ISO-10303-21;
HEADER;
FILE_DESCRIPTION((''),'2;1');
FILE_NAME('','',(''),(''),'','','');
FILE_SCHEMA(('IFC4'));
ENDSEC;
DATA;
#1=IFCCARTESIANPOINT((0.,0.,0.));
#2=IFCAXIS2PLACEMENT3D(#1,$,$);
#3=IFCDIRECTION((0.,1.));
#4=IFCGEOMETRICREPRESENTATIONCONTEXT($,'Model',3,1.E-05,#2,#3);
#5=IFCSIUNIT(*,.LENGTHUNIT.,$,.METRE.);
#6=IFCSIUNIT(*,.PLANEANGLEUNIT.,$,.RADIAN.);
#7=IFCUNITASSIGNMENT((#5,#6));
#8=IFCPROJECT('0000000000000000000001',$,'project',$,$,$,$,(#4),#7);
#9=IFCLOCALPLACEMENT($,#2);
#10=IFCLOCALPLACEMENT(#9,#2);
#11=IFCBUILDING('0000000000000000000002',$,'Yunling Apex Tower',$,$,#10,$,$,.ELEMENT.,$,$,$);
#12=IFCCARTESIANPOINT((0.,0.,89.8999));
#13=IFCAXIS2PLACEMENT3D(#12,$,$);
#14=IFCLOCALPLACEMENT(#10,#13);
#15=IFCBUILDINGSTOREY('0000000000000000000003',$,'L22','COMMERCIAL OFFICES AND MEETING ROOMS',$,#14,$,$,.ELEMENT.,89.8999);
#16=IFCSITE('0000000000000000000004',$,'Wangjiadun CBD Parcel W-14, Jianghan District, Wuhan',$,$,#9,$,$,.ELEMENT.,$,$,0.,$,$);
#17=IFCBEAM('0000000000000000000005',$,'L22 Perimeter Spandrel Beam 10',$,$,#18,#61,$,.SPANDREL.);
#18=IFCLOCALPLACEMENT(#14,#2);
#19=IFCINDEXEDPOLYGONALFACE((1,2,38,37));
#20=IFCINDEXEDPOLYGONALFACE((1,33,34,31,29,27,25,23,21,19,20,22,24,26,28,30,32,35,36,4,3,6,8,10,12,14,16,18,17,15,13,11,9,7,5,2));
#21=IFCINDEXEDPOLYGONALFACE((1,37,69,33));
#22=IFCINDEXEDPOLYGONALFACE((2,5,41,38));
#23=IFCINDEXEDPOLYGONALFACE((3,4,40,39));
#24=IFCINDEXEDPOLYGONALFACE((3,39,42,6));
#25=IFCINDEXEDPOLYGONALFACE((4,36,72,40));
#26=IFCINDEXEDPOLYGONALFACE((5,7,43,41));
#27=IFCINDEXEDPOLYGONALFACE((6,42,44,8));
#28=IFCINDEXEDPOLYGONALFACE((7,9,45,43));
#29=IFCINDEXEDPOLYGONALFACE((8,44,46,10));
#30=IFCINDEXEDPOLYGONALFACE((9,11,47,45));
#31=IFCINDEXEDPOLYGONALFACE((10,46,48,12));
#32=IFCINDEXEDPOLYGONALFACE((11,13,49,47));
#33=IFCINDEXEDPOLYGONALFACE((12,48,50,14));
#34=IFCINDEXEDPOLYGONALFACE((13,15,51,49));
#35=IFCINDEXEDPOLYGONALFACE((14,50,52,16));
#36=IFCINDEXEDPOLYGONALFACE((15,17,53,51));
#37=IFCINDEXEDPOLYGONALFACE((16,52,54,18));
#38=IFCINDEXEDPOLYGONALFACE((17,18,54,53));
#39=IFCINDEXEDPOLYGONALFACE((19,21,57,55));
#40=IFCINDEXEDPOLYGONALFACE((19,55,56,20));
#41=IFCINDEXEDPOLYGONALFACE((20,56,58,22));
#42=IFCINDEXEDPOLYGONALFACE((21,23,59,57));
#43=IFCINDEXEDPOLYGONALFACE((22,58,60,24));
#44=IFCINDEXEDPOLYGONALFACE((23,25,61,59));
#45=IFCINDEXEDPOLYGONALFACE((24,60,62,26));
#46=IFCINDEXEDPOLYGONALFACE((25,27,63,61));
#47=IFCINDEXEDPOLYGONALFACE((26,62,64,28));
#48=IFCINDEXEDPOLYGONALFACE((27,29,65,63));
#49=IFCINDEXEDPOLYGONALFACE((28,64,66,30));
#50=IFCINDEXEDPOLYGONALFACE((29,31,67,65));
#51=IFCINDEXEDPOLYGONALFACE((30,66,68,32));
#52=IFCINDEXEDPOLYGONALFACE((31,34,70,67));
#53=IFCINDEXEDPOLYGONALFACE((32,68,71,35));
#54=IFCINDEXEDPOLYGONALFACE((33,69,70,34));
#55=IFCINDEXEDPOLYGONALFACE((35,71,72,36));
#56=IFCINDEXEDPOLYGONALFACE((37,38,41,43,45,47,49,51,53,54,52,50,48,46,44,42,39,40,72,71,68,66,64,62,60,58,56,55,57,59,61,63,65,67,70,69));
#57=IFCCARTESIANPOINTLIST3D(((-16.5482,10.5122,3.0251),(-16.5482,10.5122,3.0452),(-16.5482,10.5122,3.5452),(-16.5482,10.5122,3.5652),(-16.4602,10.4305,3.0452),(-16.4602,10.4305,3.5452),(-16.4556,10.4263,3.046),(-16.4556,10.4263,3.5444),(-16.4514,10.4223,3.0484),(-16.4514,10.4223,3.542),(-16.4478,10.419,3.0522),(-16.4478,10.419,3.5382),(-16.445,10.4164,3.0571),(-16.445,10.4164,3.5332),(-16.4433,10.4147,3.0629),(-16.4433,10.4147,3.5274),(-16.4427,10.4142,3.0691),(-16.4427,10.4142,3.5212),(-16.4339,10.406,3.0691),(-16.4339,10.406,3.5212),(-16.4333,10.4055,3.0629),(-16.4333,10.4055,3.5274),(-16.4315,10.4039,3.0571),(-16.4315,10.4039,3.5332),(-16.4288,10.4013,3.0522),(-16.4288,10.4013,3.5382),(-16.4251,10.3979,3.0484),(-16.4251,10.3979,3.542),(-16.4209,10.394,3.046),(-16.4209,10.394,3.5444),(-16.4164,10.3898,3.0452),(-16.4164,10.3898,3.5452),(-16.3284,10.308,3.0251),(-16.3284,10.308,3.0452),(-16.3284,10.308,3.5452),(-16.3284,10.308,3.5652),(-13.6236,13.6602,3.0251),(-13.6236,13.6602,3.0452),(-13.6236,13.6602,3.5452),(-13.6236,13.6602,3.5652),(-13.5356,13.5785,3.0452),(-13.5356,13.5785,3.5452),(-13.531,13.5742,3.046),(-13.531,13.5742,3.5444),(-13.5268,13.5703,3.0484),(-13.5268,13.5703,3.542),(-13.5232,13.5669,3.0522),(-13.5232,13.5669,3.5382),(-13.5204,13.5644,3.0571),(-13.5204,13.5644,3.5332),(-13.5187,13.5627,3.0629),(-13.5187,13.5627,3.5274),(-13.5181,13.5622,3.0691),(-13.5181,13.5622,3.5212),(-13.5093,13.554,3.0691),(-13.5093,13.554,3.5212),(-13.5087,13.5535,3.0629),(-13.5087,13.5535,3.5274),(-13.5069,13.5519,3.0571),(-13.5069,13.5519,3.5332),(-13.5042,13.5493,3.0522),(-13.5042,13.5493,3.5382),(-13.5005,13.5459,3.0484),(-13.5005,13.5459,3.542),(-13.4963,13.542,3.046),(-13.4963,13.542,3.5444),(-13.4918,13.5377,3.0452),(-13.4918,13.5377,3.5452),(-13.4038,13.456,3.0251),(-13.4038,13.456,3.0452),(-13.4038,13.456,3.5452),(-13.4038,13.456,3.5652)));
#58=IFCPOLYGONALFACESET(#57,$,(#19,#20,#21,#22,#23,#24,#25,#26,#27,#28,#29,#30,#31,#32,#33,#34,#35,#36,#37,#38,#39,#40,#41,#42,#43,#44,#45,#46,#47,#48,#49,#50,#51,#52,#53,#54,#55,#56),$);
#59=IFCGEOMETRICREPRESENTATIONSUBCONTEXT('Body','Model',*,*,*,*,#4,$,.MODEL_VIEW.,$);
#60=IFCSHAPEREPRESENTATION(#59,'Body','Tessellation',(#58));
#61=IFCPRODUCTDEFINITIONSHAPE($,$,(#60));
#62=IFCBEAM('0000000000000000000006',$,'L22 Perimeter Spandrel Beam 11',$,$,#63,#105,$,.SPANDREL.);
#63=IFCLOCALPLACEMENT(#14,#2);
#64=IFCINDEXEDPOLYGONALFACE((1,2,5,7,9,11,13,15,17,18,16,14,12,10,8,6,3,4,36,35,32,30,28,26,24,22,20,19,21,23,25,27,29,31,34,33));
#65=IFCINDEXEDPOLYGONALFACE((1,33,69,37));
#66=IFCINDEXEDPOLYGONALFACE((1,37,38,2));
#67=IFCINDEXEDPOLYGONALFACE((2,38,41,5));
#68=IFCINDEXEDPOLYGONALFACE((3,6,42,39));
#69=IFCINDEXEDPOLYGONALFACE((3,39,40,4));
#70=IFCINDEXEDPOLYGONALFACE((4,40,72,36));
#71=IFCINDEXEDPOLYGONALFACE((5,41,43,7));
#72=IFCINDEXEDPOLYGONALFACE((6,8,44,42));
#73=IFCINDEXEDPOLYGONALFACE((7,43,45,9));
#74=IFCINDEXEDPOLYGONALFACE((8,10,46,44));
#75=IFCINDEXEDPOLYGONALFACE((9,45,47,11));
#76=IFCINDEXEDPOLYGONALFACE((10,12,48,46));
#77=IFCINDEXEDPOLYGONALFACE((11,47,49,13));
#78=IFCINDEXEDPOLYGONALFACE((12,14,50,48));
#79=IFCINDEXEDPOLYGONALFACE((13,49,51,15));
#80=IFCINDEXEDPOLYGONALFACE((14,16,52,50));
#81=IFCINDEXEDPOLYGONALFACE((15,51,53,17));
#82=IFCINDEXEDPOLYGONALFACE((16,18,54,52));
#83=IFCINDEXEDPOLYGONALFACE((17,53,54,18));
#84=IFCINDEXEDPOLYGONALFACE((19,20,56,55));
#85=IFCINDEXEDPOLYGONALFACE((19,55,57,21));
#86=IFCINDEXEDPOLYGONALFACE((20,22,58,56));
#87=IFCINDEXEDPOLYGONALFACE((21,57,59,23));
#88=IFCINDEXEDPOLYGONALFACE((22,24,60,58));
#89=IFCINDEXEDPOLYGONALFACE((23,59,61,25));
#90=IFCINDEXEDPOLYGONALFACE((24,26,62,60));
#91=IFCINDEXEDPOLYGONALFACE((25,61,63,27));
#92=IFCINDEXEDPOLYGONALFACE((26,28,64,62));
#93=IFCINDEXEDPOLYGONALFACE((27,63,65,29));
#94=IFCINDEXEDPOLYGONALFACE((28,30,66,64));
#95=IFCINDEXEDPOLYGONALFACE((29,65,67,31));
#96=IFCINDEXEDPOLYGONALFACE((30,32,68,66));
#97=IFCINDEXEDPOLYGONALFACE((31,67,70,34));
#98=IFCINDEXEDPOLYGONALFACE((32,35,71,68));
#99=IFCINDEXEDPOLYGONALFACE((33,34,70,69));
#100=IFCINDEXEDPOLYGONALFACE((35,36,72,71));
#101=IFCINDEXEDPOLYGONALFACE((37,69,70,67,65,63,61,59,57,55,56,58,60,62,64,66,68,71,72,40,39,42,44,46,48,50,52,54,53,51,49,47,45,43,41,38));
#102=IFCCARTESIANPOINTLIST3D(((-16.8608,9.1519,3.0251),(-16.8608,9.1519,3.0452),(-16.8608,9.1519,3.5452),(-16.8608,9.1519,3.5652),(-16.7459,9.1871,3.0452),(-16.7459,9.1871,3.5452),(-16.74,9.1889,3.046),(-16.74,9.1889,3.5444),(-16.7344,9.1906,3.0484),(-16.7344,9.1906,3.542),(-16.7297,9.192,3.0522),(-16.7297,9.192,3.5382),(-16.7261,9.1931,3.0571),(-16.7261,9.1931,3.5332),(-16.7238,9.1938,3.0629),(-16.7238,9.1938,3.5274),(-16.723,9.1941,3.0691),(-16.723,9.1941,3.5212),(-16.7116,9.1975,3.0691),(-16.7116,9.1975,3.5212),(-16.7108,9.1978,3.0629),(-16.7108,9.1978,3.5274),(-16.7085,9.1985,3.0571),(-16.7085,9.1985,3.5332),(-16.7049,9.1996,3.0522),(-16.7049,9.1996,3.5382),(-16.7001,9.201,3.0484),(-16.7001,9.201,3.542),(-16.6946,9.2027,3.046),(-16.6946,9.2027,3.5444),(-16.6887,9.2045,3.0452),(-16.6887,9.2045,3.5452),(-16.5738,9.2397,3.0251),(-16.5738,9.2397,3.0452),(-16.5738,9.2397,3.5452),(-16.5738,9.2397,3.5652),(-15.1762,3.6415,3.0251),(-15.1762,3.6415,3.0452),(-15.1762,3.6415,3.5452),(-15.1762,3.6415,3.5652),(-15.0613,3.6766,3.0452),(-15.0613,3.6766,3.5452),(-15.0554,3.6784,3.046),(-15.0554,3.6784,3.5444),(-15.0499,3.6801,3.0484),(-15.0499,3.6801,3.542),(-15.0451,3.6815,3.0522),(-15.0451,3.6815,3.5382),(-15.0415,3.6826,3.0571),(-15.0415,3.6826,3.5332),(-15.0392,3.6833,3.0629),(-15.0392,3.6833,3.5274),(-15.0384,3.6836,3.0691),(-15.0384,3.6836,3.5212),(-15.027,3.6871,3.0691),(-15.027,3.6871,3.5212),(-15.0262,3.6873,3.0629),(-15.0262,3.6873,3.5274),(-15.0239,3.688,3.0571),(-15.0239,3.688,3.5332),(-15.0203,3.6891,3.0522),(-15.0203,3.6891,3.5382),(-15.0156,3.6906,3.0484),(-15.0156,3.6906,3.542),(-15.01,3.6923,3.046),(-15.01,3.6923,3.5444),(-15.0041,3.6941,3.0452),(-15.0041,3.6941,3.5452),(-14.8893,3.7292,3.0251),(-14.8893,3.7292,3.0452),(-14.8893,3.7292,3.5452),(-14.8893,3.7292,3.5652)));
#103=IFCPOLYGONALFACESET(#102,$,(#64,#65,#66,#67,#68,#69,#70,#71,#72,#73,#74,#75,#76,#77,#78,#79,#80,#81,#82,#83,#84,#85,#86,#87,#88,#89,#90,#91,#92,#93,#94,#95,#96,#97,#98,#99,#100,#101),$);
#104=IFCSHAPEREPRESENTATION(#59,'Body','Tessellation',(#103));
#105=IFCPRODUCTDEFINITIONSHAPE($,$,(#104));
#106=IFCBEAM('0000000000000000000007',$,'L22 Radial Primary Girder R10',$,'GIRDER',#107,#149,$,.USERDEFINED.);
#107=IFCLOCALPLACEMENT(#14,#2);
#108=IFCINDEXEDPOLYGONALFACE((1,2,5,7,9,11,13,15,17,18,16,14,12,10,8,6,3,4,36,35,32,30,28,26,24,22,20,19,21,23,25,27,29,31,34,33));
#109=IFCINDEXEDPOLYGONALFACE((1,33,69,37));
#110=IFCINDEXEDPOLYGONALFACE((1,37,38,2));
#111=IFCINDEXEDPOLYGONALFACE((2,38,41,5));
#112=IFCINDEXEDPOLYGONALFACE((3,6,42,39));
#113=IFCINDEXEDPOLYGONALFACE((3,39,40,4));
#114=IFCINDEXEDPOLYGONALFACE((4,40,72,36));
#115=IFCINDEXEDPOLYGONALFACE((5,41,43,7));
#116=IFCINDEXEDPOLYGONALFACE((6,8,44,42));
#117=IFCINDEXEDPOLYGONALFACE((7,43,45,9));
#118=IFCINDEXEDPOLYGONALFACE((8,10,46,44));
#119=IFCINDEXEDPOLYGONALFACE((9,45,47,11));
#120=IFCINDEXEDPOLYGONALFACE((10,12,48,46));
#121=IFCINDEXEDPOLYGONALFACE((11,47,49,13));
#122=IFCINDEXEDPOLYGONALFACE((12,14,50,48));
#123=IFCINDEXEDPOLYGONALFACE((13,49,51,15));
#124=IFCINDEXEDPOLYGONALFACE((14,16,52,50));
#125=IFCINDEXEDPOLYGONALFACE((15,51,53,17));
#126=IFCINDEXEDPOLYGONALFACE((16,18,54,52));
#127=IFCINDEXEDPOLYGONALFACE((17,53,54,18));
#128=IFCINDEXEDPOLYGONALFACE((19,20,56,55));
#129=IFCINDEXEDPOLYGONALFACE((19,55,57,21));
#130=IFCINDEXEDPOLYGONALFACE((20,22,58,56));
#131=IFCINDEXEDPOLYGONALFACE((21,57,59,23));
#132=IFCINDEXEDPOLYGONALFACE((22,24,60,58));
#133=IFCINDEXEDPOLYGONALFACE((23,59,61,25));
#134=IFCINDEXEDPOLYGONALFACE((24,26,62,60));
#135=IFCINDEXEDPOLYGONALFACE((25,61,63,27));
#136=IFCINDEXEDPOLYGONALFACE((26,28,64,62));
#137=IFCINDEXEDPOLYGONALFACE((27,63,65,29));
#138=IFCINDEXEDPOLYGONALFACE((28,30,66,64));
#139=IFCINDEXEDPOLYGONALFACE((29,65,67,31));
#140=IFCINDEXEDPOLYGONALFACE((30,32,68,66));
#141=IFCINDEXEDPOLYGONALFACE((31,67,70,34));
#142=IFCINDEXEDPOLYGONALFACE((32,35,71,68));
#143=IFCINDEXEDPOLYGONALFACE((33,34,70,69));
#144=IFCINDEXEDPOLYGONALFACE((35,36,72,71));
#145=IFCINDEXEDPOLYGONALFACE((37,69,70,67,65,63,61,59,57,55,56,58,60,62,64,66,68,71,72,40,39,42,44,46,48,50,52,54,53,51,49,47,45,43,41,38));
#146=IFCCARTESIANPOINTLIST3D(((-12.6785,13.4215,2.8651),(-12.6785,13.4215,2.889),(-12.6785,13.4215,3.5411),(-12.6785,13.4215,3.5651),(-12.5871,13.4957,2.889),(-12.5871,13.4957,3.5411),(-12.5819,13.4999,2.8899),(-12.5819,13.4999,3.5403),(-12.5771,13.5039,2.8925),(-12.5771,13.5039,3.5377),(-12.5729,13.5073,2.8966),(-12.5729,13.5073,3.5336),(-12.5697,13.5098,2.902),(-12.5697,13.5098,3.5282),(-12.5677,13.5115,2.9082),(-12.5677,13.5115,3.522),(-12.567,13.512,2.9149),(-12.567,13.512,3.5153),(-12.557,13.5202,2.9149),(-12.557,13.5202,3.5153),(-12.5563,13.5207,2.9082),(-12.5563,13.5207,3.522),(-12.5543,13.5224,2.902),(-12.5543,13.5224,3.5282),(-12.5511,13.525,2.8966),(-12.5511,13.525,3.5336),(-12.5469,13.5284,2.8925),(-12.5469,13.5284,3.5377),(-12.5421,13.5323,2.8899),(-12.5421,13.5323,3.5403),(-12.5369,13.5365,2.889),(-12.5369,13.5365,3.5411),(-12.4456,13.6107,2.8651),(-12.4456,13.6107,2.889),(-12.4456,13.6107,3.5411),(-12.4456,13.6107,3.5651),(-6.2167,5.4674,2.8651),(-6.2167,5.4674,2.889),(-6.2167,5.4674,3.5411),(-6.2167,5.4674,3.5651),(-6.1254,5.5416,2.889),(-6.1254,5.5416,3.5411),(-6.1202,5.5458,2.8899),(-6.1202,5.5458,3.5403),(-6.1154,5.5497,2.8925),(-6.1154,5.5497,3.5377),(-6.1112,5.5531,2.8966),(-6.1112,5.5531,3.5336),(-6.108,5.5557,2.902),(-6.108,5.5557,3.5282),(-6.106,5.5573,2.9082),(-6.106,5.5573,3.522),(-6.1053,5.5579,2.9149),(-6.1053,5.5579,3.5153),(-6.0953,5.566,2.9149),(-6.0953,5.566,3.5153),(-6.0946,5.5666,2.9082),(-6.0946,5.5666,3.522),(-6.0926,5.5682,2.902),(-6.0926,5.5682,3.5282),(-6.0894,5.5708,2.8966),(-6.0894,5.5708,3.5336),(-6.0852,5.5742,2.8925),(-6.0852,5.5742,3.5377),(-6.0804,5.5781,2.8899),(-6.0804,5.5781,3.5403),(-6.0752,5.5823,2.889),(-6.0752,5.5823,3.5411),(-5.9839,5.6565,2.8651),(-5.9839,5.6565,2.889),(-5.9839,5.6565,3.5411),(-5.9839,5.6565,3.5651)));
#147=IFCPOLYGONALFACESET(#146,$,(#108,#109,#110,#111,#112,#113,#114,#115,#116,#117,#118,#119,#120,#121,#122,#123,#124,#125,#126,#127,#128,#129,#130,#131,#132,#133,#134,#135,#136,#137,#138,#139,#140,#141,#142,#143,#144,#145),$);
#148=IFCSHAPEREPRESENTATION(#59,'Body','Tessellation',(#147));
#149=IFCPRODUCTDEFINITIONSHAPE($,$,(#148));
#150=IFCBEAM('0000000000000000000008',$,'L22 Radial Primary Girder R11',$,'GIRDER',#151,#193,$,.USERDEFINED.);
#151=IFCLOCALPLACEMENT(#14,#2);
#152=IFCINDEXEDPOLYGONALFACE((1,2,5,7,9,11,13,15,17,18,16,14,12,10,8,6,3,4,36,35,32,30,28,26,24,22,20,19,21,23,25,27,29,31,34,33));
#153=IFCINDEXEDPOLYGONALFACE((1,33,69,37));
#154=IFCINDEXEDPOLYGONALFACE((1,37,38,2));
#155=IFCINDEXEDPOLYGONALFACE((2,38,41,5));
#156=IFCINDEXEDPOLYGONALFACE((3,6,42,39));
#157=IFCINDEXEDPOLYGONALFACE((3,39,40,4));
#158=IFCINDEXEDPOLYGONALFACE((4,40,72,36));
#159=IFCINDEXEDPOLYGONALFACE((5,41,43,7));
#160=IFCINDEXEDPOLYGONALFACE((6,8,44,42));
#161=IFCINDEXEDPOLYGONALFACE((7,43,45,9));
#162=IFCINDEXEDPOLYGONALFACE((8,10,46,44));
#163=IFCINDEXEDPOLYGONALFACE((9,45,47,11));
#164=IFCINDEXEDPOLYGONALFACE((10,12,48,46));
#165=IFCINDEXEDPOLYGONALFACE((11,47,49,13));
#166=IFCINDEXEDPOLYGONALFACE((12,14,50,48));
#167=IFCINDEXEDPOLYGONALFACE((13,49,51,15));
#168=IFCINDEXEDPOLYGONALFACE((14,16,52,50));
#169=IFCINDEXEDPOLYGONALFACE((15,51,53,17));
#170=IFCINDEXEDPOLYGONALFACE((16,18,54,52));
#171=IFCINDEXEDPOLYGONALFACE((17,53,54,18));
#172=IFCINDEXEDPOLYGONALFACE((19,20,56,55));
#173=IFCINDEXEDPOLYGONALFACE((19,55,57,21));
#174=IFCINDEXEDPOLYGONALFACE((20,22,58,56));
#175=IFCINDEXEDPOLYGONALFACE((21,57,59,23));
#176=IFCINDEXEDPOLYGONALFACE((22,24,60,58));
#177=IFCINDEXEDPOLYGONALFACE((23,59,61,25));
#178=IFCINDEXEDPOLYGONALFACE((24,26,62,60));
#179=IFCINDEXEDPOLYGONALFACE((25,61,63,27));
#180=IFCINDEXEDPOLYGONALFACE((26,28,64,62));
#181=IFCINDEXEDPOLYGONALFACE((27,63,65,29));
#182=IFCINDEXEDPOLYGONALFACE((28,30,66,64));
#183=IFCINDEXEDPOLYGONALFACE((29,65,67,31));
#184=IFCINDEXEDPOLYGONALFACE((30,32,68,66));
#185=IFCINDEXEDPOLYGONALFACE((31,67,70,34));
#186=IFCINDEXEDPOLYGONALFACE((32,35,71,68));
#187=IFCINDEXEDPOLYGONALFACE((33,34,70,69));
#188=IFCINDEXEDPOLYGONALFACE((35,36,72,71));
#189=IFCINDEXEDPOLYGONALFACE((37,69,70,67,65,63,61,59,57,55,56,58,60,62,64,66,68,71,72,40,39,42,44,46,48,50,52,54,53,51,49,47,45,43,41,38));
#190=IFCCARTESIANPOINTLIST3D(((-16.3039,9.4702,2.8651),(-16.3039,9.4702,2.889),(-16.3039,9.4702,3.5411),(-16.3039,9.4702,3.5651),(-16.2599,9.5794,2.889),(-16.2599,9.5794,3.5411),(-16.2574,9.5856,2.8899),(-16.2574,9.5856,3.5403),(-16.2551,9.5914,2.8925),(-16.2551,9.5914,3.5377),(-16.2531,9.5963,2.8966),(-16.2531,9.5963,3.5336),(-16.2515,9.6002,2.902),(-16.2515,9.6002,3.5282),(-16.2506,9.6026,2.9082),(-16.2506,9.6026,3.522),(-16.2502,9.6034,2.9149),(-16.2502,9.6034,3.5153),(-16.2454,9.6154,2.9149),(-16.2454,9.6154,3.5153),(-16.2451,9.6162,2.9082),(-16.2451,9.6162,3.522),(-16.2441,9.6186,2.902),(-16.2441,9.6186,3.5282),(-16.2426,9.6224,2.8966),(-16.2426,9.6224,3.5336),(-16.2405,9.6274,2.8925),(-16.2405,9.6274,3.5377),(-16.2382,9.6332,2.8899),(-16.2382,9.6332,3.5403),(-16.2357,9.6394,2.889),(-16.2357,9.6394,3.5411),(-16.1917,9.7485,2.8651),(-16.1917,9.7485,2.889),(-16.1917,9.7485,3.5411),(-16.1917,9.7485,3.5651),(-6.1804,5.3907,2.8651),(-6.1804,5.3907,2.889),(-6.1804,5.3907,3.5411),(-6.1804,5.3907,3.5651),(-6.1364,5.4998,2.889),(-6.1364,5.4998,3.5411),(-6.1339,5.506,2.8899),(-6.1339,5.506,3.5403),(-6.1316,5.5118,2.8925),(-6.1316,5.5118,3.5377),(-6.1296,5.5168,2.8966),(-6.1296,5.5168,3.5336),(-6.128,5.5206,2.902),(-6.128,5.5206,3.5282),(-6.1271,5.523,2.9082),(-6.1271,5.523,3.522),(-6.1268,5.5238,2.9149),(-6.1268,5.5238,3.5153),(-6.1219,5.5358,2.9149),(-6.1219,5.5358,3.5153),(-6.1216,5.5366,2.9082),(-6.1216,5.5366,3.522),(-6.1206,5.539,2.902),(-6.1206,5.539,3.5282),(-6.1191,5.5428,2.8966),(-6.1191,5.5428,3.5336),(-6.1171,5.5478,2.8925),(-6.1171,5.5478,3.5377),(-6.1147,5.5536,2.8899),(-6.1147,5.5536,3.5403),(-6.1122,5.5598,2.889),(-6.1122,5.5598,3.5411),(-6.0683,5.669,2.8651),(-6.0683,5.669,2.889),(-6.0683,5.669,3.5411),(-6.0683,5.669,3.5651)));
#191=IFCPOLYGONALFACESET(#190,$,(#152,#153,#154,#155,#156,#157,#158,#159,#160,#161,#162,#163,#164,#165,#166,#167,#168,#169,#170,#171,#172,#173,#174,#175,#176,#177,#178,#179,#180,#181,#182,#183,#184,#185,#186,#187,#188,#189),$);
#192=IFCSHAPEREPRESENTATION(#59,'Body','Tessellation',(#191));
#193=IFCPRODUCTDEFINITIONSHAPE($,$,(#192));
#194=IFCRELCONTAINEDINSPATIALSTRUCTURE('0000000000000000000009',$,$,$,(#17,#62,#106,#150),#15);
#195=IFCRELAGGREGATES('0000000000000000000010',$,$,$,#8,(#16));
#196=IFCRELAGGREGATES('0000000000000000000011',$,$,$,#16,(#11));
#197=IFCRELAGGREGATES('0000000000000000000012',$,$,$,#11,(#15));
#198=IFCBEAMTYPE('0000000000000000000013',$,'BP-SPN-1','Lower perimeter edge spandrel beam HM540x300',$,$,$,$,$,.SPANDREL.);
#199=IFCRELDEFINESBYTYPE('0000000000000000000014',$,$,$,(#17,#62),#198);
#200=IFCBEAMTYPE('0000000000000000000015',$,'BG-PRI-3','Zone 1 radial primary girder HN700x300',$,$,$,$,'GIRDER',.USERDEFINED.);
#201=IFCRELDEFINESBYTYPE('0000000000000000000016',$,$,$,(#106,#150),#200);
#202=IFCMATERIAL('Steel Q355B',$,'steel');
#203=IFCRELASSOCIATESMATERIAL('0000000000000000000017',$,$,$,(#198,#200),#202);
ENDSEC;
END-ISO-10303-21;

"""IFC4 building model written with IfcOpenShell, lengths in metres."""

from ifc_helpers import new_model, si_unit, direction, frame, origin, origin_2d, place, context, subcontext, project, spatial, i_section, extrude, source, transform, mapped, material, material_profile, profile_set, type_object, element, save


model = new_model("IFC4")

# Units and contexts
model_context = context("Model", 3, precision=1e-05, world=origin(), true_north=direction((0.0, 1.0)))
body_context = subcontext(model_context, "Body", "Model", "MODEL_VIEW")
ifc_project = project(units=[si_unit("LENGTHUNIT", "METRE"), si_unit("PLANEANGLEUNIT", "RADIAN")], contexts=[model_context])

# Site, building, storey
site_placement = place(None, origin())
site = spatial("IfcSite", under=ifc_project, at=site_placement, Name="Wangjiadun CBD Parcel W-14, Jianghan District, Wuhan", CompositionType="ELEMENT", RefElevation=0.0)
building_placement = place(site_placement, origin())
building = spatial("IfcBuilding", under=site, at=building_placement, Name="Yunling Apex Tower", CompositionType="ELEMENT")
storey_placement = place(building_placement, frame((0.0, 0.0, 89.8999)))
storey = spatial("IfcBuildingStorey", under=building, at=storey_placement, Name="L22", Description="COMMERCIAL OFFICES AND MEETING ROOMS", CompositionType="ELEMENT", Elevation=89.8999)

# Beams
ifc_material_1 = material(Name="Steel Q355B", Category="steel")
ifc_material_profile_1 = material_profile(ifc_material_1, i_section(OverallWidth=0.3, OverallDepth=0.54, WebThickness=0.012, FlangeThickness=0.02, FilletRadius=0.0239, at=origin_2d()))
ifc_profile_set_1 = profile_set([ifc_material_profile_1], Name="Steel Q355B")
beam_type_1 = type_object("IfcBeamType", Name="BP-SPN-1", Description="Lower perimeter edge spandrel beam HM540x300", PredefinedType="SPANDREL", material=ifc_profile_set_1)
shared_shape_1 = source(origin(), body_context, "Body", "SweptSolid", [
    extrude(i_section(OverallWidth=0.3, OverallDepth=0.54, WebThickness=0.012, FlangeThickness=0.02, FilletRadius=0.0239, at=origin_2d()), origin(), (0.0, 0.0, 1.0), 4.2969),
])
beam_1_placement = place(storey_placement, frame((-13.5137, 13.5581, 3.2952), z_axis=(-0.680634, -0.732623, 0.0), x_axis=(0.732623, -0.680634, 0.0)))
element("IfcBeam", 1, at=beam_1_placement, inside=storey, type_object=beam_type_1, Name="L22 Perimeter Spandrel Beam 10", PredefinedType="SPANDREL", context=body_context, shape_type="MappedRepresentation", body=[
    mapped(shared_shape_1, transform((0.0, 0.0, 0.0), scale=1.0)),
])
shared_shape_2 = source(origin(), body_context, "Body", "SweptSolid", [
    extrude(i_section(OverallWidth=0.3, OverallDepth=0.54, WebThickness=0.012, FlangeThickness=0.02, FilletRadius=0.0239, at=origin_2d()), origin(), (0.0, 0.0, 1.0), 5.7622),
])
beam_2_placement = place(storey_placement, frame((-16.7173, 9.1958, 3.2952), z_axis=(0.292347, -0.956312, 0.0), x_axis=(0.956312, 0.292347, 0.0)))
element("IfcBeam", 2, at=beam_2_placement, inside=storey, type_object=beam_type_1, Name="L22 Perimeter Spandrel Beam 11", PredefinedType="SPANDREL", context=body_context, shape_type="MappedRepresentation", body=[
    mapped(shared_shape_2, transform((0.0, 0.0, 0.0), scale=1.0)),
])
ifc_material_profile_2 = material_profile(ifc_material_1, i_section(OverallWidth=0.3, OverallDepth=0.7, WebThickness=0.0129, FlangeThickness=0.0239, FilletRadius=0.0259, at=origin_2d()))
ifc_profile_set_2 = profile_set([ifc_material_profile_2], Name="Steel Q355B")
beam_type_2 = type_object("IfcBeamType", Name="BG-PRI-3", Description="Zone 1 radial primary girder HN700x300", ElementType="GIRDER", PredefinedType="USERDEFINED", material=ifc_profile_set_2)
shared_shape_3 = source(origin(), body_context, "Body", "SweptSolid", [
    extrude(i_section(OverallWidth=0.3, OverallDepth=0.7, WebThickness=0.0129, FlangeThickness=0.0239, FilletRadius=0.0259, at=origin_2d()), origin(), (0.0, 0.0, 1.0), 10.248),
])
beam_3_placement = place(storey_placement, frame((-12.562, 13.5161, 3.2151), z_axis=(0.630532, -0.776164, 0.0), x_axis=(0.776164, 0.630532, 0.0)))
element("IfcBeam", 3, at=beam_3_placement, inside=storey, type_object=beam_type_2, Name="L22 Radial Primary Girder R10", ObjectType="GIRDER", PredefinedType="USERDEFINED", context=body_context, shape_type="MappedRepresentation", body=[
    mapped(shared_shape_3, transform((0.0, 0.0, 0.0), scale=1.0)),
])
shared_shape_4 = source(origin(), body_context, "Body", "SweptSolid", [
    extrude(i_section(OverallWidth=0.3, OverallDepth=0.7, WebThickness=0.0129, FlangeThickness=0.0239, FilletRadius=0.0259, at=origin_2d()), origin(), (0.0, 0.0, 1.0), 10.9146),
])
beam_4_placement = place(storey_placement, frame((-16.2478, 9.6094, 3.2151), z_axis=(0.92752, -0.373773, 0.0), x_axis=(0.373773, 0.92752, 0.0)))
element("IfcBeam", 4, at=beam_4_placement, inside=storey, type_object=beam_type_2, Name="L22 Radial Primary Girder R11", ObjectType="GIRDER", PredefinedType="USERDEFINED", context=body_context, shape_type="MappedRepresentation", body=[
    mapped(shared_shape_4, transform((0.0, 0.0, 0.0), scale=1.0)),
])

save(model, "model.ifc")
